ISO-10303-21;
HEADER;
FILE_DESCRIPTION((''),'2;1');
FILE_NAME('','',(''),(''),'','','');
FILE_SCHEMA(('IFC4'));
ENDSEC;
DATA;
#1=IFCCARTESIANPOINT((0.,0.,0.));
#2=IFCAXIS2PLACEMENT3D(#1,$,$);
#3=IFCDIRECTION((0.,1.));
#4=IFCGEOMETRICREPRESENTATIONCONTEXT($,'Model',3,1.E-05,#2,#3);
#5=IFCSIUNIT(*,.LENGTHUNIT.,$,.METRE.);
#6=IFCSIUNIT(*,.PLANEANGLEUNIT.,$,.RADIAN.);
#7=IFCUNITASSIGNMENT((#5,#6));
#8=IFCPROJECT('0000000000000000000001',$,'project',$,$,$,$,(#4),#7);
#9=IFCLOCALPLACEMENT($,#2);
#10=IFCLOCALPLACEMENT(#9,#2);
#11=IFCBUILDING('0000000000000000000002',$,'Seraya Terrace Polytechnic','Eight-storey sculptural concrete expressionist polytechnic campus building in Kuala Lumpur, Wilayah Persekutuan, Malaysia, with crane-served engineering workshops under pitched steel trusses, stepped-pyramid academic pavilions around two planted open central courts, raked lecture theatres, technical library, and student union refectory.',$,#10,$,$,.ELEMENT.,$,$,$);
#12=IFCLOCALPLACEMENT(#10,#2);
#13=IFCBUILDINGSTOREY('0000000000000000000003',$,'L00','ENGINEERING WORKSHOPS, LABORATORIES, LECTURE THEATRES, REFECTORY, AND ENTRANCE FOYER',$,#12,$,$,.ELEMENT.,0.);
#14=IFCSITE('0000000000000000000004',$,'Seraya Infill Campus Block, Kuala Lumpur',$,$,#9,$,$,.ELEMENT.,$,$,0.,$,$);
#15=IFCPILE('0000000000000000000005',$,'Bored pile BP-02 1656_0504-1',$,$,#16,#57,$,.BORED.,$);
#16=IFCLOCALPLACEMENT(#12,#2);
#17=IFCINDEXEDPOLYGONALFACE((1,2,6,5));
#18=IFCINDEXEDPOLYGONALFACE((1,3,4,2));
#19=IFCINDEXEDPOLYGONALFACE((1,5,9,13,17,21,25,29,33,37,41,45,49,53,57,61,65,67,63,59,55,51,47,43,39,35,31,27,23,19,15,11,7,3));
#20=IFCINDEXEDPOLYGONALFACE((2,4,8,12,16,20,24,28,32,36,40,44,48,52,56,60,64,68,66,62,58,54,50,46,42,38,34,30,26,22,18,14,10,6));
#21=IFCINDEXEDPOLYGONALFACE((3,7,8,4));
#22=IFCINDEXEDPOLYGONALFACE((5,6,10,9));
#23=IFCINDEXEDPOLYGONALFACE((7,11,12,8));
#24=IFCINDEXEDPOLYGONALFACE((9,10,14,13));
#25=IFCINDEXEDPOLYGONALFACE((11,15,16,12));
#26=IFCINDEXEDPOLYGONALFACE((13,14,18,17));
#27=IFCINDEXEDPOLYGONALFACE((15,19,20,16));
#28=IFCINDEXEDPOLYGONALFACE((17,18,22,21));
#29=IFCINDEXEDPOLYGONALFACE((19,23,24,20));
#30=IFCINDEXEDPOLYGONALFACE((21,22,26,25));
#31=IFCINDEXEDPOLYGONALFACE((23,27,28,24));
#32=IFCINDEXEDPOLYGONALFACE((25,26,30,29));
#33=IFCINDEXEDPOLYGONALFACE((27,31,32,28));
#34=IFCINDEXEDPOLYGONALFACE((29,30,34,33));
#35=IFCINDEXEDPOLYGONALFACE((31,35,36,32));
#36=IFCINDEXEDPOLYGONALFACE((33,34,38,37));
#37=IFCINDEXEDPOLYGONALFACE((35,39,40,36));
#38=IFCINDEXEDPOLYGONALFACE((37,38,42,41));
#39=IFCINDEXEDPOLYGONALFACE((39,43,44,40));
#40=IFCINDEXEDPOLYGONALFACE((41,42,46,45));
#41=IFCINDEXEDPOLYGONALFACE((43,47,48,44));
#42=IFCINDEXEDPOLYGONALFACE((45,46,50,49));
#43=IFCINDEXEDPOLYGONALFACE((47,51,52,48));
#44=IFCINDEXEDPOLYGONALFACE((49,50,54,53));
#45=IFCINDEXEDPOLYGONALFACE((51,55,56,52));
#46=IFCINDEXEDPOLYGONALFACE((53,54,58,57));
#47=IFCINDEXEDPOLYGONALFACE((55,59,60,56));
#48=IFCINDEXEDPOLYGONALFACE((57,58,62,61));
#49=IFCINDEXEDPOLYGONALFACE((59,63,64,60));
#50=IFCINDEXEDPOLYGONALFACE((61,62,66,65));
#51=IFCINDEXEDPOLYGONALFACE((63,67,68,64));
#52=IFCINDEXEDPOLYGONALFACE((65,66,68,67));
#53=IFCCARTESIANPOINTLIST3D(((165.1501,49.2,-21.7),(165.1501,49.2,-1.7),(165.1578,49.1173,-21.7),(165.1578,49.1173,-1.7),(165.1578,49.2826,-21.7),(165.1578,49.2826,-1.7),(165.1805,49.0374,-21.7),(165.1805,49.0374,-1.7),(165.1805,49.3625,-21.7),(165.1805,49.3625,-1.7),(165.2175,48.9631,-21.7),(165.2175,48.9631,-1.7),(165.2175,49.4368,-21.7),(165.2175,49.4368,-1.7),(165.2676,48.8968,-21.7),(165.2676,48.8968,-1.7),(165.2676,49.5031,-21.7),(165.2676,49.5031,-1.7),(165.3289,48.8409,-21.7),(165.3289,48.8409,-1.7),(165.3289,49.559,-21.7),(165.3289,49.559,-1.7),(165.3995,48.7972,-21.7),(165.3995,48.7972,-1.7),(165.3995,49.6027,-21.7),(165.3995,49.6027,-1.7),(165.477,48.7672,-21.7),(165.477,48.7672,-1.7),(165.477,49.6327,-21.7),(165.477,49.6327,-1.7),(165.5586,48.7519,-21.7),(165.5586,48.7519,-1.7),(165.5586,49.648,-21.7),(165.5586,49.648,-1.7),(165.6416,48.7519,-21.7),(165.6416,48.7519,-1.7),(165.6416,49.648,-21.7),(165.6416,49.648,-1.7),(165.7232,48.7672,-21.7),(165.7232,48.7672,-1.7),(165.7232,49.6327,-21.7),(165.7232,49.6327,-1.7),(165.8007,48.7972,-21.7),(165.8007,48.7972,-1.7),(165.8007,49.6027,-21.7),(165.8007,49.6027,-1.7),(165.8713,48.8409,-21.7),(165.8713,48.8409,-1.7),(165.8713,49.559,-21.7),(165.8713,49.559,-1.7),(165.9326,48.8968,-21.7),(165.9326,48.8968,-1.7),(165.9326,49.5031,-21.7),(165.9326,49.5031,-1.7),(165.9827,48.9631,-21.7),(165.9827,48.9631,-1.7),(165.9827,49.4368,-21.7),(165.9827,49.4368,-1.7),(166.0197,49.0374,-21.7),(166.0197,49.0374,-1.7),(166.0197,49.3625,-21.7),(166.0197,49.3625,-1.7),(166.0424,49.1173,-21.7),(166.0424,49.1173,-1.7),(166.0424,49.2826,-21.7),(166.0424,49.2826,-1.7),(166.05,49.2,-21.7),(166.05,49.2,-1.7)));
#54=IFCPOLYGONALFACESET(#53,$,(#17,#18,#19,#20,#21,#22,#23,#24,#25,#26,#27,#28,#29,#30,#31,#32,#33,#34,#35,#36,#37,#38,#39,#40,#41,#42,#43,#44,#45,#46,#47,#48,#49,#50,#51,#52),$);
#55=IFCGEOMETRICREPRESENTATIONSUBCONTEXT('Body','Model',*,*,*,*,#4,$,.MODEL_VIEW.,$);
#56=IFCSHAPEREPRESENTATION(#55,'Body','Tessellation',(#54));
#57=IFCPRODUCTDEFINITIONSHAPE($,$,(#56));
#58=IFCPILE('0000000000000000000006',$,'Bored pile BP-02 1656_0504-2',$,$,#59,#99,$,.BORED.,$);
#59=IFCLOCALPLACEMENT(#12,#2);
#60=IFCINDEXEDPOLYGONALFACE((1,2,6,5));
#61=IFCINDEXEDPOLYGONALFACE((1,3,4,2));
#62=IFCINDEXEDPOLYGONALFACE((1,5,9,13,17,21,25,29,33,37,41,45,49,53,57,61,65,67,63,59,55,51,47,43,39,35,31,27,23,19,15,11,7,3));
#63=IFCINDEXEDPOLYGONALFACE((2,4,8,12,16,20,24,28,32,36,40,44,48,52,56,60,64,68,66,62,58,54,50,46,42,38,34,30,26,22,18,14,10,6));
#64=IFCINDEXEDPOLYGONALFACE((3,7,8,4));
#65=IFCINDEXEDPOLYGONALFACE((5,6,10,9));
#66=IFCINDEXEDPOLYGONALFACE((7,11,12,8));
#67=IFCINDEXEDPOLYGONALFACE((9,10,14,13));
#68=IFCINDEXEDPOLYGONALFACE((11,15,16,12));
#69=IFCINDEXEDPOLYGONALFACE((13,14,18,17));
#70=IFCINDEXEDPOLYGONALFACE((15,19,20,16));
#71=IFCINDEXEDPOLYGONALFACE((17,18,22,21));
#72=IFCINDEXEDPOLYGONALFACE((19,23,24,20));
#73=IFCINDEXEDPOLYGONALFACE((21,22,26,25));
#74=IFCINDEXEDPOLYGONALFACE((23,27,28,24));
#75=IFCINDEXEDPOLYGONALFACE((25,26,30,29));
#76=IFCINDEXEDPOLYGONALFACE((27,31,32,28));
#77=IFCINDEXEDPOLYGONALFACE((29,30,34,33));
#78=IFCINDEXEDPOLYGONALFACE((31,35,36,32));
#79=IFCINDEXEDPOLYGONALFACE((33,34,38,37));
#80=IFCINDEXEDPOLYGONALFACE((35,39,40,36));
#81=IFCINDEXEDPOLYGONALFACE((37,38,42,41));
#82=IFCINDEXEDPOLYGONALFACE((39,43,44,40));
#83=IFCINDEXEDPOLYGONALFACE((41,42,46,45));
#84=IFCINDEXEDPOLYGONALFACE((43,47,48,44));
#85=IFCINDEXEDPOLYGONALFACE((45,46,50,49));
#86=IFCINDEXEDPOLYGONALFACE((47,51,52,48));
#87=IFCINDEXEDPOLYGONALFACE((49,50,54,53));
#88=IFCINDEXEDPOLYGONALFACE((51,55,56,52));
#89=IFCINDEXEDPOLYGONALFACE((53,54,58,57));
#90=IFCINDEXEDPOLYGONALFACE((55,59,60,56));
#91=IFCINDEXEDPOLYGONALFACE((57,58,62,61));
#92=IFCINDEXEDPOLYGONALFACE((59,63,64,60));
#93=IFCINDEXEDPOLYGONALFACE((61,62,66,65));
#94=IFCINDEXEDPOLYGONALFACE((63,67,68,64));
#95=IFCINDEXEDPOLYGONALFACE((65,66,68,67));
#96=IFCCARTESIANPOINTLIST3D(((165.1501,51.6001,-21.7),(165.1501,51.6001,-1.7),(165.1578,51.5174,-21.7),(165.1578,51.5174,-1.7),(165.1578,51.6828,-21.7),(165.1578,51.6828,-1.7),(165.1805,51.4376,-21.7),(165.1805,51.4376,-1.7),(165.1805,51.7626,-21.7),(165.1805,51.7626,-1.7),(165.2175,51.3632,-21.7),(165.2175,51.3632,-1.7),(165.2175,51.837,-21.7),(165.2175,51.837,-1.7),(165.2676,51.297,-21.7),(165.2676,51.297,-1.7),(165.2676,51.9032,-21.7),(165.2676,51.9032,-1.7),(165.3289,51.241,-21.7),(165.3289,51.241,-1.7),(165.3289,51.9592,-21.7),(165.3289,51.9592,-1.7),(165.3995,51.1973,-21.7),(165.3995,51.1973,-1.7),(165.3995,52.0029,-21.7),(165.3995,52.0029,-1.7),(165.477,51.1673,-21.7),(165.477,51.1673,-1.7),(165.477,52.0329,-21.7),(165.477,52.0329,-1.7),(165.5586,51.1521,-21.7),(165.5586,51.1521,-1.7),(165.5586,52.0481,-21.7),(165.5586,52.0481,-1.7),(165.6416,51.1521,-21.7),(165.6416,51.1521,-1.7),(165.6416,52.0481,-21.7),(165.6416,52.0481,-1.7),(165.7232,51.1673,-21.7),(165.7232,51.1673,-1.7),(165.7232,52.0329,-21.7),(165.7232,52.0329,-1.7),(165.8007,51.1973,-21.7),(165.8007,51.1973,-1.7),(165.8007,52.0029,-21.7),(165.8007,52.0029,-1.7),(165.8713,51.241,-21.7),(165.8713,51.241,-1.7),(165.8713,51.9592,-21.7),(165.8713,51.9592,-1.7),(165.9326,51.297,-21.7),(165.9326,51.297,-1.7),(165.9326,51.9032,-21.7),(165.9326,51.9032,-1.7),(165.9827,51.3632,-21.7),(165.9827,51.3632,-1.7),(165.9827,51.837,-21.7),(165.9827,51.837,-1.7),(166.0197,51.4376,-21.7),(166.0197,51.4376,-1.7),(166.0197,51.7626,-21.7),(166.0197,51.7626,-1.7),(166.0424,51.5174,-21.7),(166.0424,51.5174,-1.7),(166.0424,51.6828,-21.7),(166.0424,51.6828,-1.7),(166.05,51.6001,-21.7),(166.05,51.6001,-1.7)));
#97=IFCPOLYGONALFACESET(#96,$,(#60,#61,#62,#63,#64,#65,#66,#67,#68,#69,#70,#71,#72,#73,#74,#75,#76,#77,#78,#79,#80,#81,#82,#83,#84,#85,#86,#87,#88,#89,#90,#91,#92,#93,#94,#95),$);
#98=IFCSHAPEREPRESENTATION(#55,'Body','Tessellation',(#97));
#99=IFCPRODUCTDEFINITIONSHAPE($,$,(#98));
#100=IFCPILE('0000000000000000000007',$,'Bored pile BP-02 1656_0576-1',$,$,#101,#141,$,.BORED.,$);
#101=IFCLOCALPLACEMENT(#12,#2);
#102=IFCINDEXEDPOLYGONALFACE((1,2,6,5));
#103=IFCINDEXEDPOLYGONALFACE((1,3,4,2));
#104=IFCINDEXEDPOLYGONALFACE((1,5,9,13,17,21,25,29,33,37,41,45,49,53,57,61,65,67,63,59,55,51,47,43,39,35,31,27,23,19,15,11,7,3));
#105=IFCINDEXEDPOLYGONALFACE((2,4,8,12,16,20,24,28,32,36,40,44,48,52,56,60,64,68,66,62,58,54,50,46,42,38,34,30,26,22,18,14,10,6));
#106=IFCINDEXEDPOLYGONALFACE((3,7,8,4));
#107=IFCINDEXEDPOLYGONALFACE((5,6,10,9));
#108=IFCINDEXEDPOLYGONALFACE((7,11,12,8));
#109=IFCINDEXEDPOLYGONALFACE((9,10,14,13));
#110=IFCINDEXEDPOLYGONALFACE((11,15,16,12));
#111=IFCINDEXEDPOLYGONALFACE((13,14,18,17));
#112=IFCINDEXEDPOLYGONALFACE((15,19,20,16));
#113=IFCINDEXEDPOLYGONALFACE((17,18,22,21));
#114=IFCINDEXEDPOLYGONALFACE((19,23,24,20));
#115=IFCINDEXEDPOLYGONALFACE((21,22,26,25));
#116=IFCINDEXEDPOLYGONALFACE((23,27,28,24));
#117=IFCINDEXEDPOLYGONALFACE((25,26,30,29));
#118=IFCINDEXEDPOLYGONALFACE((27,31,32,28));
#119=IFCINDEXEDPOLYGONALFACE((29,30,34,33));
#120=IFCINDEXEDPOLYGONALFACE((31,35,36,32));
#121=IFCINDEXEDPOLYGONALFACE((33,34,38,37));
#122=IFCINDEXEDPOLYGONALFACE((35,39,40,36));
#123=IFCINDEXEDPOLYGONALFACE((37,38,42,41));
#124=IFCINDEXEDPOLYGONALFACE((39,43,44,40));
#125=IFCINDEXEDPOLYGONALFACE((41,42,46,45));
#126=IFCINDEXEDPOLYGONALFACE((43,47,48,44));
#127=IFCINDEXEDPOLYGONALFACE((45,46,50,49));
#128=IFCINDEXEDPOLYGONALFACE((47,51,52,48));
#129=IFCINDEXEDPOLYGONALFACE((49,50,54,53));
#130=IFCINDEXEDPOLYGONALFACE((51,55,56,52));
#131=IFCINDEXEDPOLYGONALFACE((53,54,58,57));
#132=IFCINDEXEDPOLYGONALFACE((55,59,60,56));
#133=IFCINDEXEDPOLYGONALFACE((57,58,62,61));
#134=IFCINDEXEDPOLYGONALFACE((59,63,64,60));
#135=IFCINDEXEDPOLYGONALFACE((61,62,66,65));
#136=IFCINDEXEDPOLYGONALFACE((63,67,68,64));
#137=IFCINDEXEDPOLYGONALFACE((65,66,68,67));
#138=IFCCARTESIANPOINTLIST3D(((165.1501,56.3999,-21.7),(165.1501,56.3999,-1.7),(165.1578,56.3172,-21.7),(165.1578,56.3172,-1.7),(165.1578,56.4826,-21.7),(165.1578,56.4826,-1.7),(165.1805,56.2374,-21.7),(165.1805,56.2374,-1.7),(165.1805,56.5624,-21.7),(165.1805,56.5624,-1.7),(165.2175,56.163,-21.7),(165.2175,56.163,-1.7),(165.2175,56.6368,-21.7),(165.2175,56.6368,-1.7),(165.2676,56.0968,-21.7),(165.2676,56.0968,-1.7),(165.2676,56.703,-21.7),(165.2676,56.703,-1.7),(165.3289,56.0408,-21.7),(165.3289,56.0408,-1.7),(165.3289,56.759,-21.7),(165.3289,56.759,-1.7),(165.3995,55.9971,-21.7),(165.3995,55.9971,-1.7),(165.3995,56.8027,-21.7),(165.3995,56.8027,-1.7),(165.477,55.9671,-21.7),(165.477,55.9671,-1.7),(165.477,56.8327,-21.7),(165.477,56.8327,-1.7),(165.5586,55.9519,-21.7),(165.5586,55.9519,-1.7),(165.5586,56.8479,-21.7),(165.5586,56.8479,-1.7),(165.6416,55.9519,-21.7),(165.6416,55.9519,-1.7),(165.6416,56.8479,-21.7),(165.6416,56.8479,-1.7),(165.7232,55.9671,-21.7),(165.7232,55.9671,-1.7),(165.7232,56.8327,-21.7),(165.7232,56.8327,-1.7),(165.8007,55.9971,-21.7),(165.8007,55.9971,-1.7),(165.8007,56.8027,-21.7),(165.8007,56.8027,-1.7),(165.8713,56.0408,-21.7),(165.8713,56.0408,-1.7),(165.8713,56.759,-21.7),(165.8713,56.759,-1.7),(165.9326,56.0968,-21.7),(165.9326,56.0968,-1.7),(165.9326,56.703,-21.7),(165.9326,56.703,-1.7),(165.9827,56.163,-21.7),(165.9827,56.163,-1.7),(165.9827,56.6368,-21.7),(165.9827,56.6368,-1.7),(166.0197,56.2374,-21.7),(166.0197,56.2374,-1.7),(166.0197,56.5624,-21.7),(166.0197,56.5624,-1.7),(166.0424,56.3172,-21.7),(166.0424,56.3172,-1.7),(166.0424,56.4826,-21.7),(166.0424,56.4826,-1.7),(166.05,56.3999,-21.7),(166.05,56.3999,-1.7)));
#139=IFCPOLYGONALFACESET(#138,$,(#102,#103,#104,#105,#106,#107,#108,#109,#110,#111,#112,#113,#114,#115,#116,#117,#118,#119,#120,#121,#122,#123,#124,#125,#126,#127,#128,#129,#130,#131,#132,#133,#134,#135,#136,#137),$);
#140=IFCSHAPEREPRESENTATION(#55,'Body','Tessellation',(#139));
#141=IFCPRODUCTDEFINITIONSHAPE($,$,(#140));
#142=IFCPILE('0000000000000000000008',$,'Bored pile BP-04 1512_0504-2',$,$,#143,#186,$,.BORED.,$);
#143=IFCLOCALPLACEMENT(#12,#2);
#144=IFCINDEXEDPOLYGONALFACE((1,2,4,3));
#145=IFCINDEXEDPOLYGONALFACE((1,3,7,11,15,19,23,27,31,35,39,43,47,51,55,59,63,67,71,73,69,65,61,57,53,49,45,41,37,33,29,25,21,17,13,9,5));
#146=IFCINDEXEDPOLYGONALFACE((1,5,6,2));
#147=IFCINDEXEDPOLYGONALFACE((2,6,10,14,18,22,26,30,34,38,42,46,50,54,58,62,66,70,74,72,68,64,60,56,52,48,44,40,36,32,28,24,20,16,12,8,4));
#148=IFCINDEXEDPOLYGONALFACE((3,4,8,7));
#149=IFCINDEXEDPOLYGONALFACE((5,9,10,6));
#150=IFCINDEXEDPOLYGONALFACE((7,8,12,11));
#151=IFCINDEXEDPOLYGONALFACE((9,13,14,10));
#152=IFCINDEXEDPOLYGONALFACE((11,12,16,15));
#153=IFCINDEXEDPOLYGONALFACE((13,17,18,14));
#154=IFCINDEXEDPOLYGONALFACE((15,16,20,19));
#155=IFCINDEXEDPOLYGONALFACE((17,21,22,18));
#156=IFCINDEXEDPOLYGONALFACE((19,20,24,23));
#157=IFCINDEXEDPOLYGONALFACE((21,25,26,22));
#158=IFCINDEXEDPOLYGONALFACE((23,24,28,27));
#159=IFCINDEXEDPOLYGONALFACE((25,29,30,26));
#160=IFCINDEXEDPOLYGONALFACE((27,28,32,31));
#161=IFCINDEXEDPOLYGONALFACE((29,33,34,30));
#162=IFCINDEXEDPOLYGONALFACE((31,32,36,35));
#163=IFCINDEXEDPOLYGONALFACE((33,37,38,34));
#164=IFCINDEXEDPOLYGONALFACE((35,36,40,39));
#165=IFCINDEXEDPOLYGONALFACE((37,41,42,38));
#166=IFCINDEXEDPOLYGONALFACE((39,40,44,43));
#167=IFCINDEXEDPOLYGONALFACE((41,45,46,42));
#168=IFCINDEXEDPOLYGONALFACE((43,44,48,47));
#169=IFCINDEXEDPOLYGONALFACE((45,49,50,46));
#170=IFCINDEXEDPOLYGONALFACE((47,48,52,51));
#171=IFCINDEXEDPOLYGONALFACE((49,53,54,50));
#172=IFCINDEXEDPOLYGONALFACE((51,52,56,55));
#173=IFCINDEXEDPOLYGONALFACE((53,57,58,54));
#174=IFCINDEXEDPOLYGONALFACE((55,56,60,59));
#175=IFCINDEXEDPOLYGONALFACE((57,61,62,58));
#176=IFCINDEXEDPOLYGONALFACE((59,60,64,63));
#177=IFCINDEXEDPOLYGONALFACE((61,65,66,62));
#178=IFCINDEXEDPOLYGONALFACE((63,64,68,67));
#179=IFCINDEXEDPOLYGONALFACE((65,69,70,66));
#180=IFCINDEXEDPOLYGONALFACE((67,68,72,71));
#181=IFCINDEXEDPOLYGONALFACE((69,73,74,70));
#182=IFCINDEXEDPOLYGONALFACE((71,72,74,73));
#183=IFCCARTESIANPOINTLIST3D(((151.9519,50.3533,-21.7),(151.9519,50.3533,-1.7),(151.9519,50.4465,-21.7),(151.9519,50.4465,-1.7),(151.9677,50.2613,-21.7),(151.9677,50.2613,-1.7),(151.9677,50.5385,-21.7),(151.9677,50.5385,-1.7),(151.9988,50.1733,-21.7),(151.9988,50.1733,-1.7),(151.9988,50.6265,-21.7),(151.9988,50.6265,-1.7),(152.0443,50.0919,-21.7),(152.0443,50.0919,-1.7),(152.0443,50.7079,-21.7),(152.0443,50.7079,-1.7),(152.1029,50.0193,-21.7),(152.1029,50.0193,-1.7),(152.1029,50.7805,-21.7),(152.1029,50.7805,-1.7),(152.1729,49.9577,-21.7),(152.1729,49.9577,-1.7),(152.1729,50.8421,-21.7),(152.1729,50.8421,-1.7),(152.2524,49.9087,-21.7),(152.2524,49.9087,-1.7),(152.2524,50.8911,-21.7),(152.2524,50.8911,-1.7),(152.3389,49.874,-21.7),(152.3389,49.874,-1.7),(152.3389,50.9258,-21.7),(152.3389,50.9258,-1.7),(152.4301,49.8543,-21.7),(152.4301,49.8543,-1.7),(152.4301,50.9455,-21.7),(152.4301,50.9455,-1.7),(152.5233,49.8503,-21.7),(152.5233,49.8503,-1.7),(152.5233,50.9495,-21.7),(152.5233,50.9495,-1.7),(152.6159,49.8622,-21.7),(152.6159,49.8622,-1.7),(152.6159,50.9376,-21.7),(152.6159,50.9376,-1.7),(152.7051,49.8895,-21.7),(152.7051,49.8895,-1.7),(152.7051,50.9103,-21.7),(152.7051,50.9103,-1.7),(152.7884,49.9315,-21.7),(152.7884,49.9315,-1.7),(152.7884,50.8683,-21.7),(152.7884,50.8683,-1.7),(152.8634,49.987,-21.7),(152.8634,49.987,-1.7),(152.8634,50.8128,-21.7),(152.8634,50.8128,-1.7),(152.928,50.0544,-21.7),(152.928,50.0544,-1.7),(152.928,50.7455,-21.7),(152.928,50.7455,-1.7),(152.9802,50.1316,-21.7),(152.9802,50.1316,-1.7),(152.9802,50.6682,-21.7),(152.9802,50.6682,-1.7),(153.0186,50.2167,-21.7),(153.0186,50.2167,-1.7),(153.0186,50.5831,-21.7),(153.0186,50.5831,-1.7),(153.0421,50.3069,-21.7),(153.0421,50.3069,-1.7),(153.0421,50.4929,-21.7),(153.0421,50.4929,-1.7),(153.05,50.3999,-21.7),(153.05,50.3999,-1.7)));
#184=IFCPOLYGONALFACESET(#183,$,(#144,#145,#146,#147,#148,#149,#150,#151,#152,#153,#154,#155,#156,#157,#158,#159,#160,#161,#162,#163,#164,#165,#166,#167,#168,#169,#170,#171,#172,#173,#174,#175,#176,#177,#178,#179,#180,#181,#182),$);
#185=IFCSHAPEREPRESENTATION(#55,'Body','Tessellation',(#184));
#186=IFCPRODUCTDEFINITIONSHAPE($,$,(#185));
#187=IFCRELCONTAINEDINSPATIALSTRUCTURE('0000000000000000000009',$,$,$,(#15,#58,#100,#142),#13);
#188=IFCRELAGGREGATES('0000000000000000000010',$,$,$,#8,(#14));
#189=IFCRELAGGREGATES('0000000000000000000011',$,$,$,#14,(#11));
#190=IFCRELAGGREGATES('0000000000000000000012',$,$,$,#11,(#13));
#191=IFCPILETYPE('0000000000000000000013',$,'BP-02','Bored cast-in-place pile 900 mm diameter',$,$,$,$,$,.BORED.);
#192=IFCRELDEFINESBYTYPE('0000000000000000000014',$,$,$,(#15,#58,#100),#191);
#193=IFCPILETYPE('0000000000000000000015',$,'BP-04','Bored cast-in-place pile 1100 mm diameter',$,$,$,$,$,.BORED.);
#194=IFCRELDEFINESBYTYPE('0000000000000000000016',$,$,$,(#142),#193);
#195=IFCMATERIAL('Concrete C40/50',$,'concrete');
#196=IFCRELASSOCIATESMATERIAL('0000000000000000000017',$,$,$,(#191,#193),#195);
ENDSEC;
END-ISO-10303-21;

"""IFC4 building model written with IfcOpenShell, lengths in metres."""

from ifc_helpers import new_model, si_unit, direction, frame, origin, origin_2d, place, context, subcontext, project, spatial, circle, extrude, material, material_profile, profile_set, type_object, element, save


model = new_model("IFC4")

# Units and contexts
model_context = context("Model", 3, precision=1e-05, world=origin(), true_north=direction((0.0, 1.0)))
body_context = subcontext(model_context, "Body", "Model", "MODEL_VIEW")
ifc_project = project(units=[si_unit("LENGTHUNIT", "METRE"), si_unit("PLANEANGLEUNIT", "RADIAN")], contexts=[model_context])

# Site, building, storey
site_placement = place(None, origin())
site = spatial("IfcSite", under=ifc_project, at=site_placement, Name="Seraya Infill Campus Block, Kuala Lumpur", CompositionType="ELEMENT", RefElevation=0.0)
building_placement = place(site_placement, origin())
building = spatial("IfcBuilding", under=site, at=building_placement, Name="Seraya Terrace Polytechnic", Description="Eight-storey sculptural concrete expressionist polytechnic campus building in Kuala Lumpur, Wilayah Persekutuan, Malaysia, with crane-served engineering workshops under pitched steel trusses, stepped-pyramid academic pavilions around two planted open central courts, raked lecture theatres, technical library, and student union refectory.", CompositionType="ELEMENT")
storey_placement = place(building_placement, origin())
storey = spatial("IfcBuildingStorey", under=building, at=storey_placement, Name="L00", Description="ENGINEERING WORKSHOPS, LABORATORIES, LECTURE THEATRES, REFECTORY, AND ENTRANCE FOYER", CompositionType="ELEMENT", Elevation=0.0)

# Piles
ifc_material_1 = material(Name="Concrete C40/50", Category="concrete")
ifc_material_profile_1 = material_profile(ifc_material_1, circle(Radius=0.45, at=origin_2d()), Name="DIA 900")
ifc_profile_set_1 = profile_set([ifc_material_profile_1], Name="Concrete C40/50")
pile_type_1 = type_object("IfcPileType", Name="BP-02", Description="Bored cast-in-place pile 900 mm diameter", PredefinedType="BORED", material=ifc_profile_set_1)
for number, where, z_axis, x_axis, name in (
    (1, (165.6001, 49.2, -1.7), (0.0, 0.0, -1.0), (1.0, 0.0, 0.0), "Bored pile BP-02 1656_0504-1"),
    (2, (165.6001, 51.6001, -1.7), (0.0, 0.0, -1.0), (1.0, 0.0, 0.0), "Bored pile BP-02 1656_0504-2"),
    (3, (165.6001, 56.3999, -1.7), (0.0, 0.0, -1.0), (1.0, 0.0, 0.0), "Bored pile BP-02 1656_0576-1"),
):
    element("IfcPile", number, at=place(storey_placement, frame(where, z_axis=z_axis, x_axis=x_axis)), inside=storey, type_object=pile_type_1, Name=name, PredefinedType="BORED", context=body_context, shape_type="SweptSolid", body=[
        extrude(circle(Radius=0.45, at=origin_2d()), origin(), (0.0, 0.0, 1.0), 20.0),
    ])
ifc_material_profile_2 = material_profile(ifc_material_1, circle(Radius=0.55, at=origin_2d()), Name="DIA 1100")
ifc_profile_set_2 = profile_set([ifc_material_profile_2], Name="Concrete C40/50")
pile_type_2 = type_object("IfcPileType", Name="BP-04", Description="Bored cast-in-place pile 1100 mm diameter", PredefinedType="BORED", material=ifc_profile_set_2)
for number, where, z_axis, x_axis, name in (
    (4, (152.5, 50.3999, -1.7), (0.0, 0.0, -1.0), (1.0, 0.0, 0.0), "Bored pile BP-04 1512_0504-2"),
):
    element("IfcPile", number, at=place(storey_placement, frame(where, z_axis=z_axis, x_axis=x_axis)), inside=storey, type_object=pile_type_2, Name=name, PredefinedType="BORED", context=body_context, shape_type="SweptSolid", body=[
        extrude(circle(Radius=0.55, at=origin_2d()), origin(), (0.0, 0.0, 1.0), 20.0),
    ])

save(model, "model.ifc")
